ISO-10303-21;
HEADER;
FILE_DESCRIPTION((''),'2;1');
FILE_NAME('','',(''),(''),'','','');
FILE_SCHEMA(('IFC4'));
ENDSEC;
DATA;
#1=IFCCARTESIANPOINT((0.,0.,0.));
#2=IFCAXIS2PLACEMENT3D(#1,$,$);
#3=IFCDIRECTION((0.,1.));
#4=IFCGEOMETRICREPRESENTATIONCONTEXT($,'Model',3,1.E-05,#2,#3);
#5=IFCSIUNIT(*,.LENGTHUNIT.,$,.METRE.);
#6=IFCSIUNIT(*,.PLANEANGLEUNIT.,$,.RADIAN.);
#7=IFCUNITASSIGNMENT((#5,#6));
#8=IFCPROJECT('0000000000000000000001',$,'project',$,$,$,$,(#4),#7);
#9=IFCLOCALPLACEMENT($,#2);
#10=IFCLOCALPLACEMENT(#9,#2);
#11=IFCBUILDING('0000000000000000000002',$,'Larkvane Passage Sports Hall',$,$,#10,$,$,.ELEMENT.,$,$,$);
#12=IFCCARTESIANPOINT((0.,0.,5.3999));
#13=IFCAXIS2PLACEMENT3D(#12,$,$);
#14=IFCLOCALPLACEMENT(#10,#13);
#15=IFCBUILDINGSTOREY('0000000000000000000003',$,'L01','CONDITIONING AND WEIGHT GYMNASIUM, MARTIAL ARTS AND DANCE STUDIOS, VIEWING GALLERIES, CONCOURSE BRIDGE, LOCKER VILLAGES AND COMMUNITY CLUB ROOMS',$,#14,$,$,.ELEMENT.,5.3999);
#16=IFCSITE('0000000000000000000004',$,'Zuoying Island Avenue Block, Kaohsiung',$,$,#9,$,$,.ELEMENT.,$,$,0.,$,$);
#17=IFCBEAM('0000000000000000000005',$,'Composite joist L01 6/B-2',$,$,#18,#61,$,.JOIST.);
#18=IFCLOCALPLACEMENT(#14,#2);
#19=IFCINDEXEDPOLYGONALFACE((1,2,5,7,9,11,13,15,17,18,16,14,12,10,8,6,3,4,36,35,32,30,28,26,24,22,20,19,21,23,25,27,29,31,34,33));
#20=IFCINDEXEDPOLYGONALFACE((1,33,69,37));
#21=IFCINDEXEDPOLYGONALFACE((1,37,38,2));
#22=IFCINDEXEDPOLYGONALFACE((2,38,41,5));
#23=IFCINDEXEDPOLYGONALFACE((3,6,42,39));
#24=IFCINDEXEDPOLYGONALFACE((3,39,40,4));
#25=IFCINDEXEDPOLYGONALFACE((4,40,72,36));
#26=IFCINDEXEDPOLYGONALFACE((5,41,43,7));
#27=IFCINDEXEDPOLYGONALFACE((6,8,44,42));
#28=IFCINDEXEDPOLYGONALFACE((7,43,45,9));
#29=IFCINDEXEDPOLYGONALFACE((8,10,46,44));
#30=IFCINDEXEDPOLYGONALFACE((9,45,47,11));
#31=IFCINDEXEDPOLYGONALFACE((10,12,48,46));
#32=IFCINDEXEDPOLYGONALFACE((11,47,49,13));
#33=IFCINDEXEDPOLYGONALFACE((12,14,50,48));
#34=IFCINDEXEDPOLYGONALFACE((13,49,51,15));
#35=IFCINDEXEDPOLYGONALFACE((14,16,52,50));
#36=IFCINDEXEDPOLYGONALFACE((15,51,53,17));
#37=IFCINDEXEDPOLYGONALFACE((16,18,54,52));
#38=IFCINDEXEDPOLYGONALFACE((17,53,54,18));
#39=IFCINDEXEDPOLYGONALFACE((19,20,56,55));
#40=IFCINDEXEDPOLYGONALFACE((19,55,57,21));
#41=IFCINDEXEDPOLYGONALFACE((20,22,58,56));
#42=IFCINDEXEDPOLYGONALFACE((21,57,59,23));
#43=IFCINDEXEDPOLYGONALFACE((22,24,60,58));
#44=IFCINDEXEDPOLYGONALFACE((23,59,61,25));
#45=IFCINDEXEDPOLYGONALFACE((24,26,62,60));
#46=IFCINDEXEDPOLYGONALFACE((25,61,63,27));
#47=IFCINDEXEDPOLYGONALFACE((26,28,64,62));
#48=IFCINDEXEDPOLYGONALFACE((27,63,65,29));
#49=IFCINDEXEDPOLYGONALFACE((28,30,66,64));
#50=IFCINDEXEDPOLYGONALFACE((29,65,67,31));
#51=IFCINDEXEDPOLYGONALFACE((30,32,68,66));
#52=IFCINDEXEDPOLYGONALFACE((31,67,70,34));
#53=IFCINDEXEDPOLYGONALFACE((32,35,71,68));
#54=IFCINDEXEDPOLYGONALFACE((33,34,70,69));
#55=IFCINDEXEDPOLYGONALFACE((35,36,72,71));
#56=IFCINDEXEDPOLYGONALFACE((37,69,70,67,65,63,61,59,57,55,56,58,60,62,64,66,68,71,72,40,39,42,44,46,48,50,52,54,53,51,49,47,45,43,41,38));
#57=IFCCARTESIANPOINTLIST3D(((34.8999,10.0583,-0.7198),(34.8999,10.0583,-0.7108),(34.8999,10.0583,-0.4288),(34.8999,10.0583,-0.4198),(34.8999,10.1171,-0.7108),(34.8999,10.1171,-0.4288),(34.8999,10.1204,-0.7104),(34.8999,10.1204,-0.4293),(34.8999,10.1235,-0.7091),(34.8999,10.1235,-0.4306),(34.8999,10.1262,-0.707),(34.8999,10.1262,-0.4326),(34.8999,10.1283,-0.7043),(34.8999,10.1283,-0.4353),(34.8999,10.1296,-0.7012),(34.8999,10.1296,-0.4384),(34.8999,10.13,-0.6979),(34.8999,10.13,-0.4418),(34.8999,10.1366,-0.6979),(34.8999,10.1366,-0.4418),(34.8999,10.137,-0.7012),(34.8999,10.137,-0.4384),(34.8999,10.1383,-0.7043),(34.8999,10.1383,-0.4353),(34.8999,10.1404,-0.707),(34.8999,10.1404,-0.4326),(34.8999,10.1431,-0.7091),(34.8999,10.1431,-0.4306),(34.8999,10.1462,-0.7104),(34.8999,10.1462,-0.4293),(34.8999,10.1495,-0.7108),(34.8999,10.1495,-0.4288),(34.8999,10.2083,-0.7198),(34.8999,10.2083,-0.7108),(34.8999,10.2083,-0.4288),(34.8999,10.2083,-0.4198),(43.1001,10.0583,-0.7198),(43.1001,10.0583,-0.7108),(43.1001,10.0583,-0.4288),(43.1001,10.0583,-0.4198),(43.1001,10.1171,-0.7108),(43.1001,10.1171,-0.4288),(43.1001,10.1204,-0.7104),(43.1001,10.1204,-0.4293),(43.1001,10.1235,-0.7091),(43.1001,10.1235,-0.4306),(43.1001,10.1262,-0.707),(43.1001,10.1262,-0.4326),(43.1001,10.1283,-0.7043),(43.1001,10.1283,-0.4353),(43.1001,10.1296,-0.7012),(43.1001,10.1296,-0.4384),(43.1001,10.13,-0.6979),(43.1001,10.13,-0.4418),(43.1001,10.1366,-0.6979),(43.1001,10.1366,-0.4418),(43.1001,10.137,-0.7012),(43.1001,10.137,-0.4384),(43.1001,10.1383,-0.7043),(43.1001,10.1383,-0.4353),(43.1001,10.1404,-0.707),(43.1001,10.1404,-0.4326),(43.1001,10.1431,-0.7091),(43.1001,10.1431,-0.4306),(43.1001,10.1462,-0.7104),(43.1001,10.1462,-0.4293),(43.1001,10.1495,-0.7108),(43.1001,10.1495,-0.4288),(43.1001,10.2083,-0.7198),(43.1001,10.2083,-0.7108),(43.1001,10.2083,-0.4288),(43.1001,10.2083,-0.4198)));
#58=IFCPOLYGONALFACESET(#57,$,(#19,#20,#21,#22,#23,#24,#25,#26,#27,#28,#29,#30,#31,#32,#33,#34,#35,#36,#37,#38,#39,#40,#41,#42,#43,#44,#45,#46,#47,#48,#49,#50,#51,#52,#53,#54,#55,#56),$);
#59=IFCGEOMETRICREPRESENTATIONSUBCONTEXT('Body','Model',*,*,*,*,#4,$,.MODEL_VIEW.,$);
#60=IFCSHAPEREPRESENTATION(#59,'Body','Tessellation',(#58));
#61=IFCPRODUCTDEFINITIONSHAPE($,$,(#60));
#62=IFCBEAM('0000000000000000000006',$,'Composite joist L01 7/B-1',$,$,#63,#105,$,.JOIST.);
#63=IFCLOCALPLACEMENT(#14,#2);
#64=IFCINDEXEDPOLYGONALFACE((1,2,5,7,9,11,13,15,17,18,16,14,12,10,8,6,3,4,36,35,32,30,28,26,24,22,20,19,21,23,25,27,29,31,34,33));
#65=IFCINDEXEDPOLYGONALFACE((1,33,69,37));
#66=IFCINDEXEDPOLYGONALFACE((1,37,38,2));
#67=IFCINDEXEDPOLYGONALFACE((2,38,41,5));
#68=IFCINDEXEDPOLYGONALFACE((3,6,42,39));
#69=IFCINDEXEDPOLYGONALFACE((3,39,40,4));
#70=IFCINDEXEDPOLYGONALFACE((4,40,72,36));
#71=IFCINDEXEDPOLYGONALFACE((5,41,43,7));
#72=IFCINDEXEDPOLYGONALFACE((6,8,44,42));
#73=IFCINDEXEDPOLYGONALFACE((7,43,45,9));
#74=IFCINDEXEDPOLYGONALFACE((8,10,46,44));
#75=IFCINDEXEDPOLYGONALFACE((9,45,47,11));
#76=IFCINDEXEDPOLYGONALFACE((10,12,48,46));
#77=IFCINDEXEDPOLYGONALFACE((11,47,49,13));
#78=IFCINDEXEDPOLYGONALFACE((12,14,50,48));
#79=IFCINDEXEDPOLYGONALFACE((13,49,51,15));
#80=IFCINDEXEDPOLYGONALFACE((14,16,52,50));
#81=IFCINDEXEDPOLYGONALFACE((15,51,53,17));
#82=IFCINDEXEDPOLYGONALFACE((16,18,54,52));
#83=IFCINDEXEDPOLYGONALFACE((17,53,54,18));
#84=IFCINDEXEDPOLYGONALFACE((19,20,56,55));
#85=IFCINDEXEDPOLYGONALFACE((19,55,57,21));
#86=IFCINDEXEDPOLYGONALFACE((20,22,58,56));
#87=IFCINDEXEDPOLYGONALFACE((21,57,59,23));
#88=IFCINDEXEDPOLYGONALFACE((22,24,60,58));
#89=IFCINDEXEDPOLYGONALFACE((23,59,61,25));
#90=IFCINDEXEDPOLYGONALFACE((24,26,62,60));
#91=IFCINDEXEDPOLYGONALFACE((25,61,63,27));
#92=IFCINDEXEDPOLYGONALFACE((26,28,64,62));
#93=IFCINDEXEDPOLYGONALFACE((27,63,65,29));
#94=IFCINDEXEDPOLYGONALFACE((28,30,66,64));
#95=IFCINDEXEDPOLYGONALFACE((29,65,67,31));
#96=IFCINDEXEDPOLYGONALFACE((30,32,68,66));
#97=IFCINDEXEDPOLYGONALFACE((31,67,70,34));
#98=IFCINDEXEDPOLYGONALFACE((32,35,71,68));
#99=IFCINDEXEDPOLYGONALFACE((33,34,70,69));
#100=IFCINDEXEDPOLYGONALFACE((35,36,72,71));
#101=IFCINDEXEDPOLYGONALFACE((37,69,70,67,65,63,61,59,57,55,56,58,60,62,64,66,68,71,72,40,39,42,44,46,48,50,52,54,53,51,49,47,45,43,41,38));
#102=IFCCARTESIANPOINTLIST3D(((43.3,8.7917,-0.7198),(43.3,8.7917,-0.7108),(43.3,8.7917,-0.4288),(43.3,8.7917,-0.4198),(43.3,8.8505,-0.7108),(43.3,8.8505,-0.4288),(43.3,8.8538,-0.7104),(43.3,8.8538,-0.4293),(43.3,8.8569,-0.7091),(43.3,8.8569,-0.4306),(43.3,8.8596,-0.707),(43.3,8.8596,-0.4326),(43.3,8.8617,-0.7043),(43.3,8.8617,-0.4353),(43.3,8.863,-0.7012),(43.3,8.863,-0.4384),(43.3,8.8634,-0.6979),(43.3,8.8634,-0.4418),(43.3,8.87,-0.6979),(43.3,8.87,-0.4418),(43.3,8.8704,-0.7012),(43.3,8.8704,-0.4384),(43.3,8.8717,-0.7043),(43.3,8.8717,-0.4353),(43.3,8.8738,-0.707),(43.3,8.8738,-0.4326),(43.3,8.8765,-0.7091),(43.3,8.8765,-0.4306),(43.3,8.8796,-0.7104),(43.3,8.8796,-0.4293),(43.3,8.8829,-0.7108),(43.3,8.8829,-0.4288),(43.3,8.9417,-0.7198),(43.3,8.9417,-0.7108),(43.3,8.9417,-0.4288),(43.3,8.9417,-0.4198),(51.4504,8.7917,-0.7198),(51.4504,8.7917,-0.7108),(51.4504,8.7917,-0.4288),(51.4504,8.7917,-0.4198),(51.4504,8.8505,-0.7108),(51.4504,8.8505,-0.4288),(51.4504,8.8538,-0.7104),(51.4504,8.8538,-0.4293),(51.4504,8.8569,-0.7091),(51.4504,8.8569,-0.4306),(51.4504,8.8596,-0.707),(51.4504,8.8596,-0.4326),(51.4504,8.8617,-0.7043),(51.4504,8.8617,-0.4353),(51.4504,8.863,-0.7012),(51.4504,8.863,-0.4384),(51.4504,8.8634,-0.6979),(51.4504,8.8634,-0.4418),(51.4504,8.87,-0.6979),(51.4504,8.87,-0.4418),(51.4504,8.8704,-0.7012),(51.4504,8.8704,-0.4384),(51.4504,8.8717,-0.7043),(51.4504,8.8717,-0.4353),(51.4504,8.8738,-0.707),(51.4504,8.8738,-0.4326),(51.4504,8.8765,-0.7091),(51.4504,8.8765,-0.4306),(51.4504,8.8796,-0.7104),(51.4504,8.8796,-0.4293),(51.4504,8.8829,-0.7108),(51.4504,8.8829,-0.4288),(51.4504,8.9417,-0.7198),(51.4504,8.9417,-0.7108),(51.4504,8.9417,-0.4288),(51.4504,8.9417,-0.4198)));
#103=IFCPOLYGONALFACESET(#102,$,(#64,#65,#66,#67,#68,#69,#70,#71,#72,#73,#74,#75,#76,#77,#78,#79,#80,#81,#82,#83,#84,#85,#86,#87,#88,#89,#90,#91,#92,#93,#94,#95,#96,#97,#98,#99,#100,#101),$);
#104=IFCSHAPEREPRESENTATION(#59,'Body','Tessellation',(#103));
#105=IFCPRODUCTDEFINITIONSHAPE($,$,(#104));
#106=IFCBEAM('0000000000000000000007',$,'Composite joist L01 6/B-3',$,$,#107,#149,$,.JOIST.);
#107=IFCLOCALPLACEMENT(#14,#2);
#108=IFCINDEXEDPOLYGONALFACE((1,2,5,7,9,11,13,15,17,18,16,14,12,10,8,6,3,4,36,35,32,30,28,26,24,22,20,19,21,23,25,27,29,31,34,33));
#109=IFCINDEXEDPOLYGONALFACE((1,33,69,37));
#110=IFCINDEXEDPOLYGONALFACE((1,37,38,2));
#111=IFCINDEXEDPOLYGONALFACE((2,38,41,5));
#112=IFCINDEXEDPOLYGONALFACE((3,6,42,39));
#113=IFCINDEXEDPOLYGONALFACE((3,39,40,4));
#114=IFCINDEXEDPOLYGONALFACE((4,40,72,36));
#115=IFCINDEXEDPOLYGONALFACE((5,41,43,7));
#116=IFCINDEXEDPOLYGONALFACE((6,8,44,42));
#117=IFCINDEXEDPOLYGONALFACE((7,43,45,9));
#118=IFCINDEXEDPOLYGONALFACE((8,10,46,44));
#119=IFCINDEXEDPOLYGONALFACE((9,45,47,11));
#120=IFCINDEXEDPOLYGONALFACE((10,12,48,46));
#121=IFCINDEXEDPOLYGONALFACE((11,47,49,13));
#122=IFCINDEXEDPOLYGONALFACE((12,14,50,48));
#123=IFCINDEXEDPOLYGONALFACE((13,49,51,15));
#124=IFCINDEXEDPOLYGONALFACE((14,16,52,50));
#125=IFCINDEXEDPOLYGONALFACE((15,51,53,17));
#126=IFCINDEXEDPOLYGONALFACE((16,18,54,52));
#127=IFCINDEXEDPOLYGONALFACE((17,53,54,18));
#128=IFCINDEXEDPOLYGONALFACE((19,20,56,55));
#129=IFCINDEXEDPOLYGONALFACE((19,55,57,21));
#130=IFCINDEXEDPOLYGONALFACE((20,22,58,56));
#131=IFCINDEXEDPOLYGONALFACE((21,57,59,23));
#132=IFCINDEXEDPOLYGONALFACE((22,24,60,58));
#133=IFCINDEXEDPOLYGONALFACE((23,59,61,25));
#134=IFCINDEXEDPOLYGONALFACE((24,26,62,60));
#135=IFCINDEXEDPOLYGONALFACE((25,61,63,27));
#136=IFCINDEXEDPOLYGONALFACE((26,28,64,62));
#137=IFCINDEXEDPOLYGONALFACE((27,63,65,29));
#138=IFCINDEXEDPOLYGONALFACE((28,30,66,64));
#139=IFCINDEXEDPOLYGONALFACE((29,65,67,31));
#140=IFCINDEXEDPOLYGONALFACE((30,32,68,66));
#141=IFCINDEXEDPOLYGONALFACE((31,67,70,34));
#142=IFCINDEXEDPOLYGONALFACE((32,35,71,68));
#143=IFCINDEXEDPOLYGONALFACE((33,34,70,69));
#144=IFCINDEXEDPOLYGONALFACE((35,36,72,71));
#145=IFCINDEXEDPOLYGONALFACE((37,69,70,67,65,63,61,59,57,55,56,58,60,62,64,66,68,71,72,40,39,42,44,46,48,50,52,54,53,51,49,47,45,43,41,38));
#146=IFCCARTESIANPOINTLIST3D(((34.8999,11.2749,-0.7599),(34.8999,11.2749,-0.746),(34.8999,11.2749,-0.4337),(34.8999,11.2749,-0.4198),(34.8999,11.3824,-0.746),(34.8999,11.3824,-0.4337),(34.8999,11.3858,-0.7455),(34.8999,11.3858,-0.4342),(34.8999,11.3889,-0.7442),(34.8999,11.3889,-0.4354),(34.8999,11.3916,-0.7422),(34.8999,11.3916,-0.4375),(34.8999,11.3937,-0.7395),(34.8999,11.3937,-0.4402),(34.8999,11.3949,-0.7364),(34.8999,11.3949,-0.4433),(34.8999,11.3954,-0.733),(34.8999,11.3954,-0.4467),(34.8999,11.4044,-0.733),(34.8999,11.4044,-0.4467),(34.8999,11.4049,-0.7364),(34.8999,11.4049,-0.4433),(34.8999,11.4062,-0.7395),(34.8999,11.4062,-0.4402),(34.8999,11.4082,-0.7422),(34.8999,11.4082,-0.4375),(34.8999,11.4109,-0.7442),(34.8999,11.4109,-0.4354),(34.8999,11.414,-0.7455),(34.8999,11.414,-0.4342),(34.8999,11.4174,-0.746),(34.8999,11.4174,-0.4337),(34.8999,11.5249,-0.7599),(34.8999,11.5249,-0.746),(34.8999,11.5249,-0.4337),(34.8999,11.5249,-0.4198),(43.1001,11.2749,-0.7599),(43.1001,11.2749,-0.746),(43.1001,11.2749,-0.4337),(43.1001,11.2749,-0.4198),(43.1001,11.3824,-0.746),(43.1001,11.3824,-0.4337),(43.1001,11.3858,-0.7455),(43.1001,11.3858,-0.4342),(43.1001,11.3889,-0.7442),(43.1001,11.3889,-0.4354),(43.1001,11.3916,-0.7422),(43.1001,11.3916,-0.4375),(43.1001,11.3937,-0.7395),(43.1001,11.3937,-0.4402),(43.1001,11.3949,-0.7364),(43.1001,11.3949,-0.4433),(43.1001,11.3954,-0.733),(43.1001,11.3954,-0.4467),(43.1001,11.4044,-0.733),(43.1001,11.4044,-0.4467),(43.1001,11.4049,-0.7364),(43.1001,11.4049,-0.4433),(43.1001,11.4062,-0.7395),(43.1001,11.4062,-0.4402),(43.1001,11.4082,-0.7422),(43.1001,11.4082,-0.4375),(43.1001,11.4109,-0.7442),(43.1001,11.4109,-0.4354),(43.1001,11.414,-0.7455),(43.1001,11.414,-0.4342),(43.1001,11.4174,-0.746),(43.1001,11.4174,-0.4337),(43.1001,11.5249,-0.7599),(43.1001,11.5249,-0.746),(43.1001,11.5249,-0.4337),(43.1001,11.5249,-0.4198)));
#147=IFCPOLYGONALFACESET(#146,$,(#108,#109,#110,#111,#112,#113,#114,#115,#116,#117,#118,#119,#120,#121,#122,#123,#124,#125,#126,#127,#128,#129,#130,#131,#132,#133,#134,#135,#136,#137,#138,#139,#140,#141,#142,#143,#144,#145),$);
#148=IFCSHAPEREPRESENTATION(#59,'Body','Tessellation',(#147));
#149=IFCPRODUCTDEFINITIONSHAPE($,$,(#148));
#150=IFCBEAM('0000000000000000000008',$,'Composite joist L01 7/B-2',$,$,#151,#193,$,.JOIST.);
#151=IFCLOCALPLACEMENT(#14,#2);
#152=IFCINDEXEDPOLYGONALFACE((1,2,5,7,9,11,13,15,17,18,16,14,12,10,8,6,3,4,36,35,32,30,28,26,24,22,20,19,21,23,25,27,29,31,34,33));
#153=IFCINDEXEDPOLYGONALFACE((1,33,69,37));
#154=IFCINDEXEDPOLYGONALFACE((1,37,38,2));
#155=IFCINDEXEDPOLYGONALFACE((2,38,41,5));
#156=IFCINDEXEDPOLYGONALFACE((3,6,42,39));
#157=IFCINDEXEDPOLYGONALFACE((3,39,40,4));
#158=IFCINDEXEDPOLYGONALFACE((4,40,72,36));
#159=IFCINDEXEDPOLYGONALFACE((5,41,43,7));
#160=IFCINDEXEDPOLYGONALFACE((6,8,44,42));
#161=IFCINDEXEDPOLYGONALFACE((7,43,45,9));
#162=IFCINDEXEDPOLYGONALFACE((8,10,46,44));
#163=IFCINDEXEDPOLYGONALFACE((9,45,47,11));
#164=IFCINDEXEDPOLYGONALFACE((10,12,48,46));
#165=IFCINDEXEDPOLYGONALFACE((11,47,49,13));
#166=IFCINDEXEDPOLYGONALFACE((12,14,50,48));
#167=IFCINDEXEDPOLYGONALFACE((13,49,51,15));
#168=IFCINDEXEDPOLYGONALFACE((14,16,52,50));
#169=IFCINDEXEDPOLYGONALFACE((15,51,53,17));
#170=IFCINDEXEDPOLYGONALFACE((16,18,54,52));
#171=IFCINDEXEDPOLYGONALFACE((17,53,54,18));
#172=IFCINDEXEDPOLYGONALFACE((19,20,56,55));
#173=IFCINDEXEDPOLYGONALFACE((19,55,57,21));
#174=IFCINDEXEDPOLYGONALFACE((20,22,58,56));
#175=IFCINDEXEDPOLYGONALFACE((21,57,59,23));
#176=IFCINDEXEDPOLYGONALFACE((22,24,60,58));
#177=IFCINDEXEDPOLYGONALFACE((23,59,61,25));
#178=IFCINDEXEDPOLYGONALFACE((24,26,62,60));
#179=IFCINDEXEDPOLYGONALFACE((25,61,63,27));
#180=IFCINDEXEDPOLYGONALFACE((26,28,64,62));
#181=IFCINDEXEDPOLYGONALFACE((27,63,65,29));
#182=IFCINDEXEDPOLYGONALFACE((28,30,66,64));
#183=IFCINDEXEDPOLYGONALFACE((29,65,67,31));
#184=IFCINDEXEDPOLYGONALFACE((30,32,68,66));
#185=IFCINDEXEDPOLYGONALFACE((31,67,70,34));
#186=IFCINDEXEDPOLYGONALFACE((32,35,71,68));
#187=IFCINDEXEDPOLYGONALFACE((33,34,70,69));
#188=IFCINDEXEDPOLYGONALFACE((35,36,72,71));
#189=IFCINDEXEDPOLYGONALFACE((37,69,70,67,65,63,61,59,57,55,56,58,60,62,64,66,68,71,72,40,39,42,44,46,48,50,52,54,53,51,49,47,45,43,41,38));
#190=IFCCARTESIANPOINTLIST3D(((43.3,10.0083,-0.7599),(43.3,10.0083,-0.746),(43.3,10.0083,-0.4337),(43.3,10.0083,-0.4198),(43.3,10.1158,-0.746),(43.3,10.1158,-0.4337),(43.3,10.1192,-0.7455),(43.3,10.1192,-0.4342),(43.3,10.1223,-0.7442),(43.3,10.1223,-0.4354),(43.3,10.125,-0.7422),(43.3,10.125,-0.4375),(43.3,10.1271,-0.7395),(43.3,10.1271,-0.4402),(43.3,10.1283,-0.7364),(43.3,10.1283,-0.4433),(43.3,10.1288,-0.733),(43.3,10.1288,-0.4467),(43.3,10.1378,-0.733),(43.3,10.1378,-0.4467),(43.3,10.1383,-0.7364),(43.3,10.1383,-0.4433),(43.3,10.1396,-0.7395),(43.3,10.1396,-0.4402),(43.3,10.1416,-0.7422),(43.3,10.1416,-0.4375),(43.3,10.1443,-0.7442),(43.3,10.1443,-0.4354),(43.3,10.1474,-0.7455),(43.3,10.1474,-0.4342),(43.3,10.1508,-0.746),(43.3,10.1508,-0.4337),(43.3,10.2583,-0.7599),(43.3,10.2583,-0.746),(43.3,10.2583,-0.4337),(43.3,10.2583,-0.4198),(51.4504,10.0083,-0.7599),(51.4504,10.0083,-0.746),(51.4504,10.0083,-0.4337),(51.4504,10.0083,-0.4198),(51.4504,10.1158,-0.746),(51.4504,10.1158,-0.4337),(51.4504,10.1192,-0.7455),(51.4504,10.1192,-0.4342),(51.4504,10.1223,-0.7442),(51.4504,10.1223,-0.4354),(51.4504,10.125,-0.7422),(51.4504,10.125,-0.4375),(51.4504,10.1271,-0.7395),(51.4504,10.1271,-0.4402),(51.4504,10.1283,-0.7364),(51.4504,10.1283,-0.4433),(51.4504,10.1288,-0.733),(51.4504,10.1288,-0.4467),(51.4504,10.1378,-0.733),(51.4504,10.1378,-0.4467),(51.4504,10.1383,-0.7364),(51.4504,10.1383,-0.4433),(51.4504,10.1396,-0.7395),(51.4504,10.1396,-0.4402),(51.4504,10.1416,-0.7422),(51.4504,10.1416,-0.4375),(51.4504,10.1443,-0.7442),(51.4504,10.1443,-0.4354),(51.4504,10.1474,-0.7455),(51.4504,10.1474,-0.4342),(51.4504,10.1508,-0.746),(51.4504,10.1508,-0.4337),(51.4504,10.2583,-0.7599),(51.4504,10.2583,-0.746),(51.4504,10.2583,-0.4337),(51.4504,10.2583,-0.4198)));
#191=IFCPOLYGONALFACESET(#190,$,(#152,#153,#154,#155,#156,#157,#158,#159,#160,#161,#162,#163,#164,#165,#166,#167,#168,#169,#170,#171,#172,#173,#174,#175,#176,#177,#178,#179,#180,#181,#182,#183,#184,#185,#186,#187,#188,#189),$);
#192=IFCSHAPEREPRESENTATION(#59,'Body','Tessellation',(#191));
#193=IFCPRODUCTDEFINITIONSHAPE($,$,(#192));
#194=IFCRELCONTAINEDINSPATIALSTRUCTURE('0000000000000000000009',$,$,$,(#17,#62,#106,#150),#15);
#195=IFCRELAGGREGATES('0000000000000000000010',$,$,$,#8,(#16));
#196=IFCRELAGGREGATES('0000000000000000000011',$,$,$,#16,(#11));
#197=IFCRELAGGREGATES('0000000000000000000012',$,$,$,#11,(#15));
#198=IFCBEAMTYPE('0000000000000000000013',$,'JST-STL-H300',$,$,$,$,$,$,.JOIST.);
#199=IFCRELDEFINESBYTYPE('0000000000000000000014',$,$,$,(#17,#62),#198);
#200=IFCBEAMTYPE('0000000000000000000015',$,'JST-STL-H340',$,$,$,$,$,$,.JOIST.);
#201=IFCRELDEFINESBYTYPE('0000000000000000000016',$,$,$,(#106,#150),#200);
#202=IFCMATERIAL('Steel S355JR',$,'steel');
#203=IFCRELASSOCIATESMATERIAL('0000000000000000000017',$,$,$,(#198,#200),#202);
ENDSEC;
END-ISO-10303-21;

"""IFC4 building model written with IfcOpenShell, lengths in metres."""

from ifc_helpers import new_model, si_unit, direction, frame, origin, origin_2d, place, context, subcontext, project, spatial, i_section, extrude, material, material_profile, profile_set, type_object, element, save


model = new_model("IFC4")

# Units and contexts
model_context = context("Model", 3, precision=1e-05, world=origin(), true_north=direction((0.0, 1.0)))
body_context = subcontext(model_context, "Body", "Model", "MODEL_VIEW")
ifc_project = project(units=[si_unit("LENGTHUNIT", "METRE"), si_unit("PLANEANGLEUNIT", "RADIAN")], contexts=[model_context])

# Site, building, storey
site_placement = place(None, origin())
site = spatial("IfcSite", under=ifc_project, at=site_placement, Name="Zuoying Island Avenue Block, Kaohsiung", CompositionType="ELEMENT", RefElevation=0.0)
building_placement = place(site_placement, origin())
building = spatial("IfcBuilding", under=site, at=building_placement, Name="Larkvane Passage Sports Hall", CompositionType="ELEMENT")
storey_placement = place(building_placement, frame((0.0, 0.0, 5.3999)))
storey = spatial("IfcBuildingStorey", under=building, at=storey_placement, Name="L01", Description="CONDITIONING AND WEIGHT GYMNASIUM, MARTIAL ARTS AND DANCE STUDIOS, VIEWING GALLERIES, CONCOURSE BRIDGE, LOCKER VILLAGES AND COMMUNITY CLUB ROOMS", CompositionType="ELEMENT", Elevation=5.3999)

# Beams
ifc_material_1 = material(Name="Steel S355JR", Category="steel")
ifc_material_profile_1 = material_profile(ifc_material_1, i_section(OverallWidth=0.1499, OverallDepth=0.3, WebThickness=0.0066, FlangeThickness=0.009, FilletRadius=0.0129, at=origin_2d()), Name="H-300x150x6.5x9")
ifc_profile_set_1 = profile_set([ifc_material_profile_1], Name="Steel S355JR")
beam_type_1 = type_object("IfcBeamType", Name="JST-STL-H300", PredefinedType="JOIST", material=ifc_profile_set_1)
beam_1_placement = place(storey_placement, frame((34.8999, 10.1333, -0.5698), z_axis=(1.0, 0.0, 0.0), x_axis=(0.0, 1.0, 0.0)))
element("IfcBeam", 1, at=beam_1_placement, inside=storey, type_object=beam_type_1, Name="Composite joist L01 6/B-2", PredefinedType="JOIST", context=body_context, shape_type="SweptSolid", body=[
    extrude(i_section(OverallWidth=0.1499, OverallDepth=0.3, WebThickness=0.0066, FlangeThickness=0.009, FilletRadius=0.0129, at=origin_2d()), origin(), (0.0, 0.0, 1.0), 8.2002),
])
beam_2_placement = place(storey_placement, frame((43.3, 8.8667, -0.5698), z_axis=(1.0, 0.0, 0.0), x_axis=(0.0, 1.0, 0.0)))
element("IfcBeam", 2, at=beam_2_placement, inside=storey, type_object=beam_type_1, Name="Composite joist L01 7/B-1", PredefinedType="JOIST", context=body_context, shape_type="SweptSolid", body=[
    extrude(i_section(OverallWidth=0.1499, OverallDepth=0.3, WebThickness=0.0066, FlangeThickness=0.009, FilletRadius=0.0129, at=origin_2d()), origin(), (0.0, 0.0, 1.0), 8.1504),
])
ifc_material_profile_2 = material_profile(ifc_material_1, i_section(OverallWidth=0.25, OverallDepth=0.3401, WebThickness=0.009, FlangeThickness=0.0139, FilletRadius=0.0129, at=origin_2d()), Name="H-340x250x9x14")
ifc_profile_set_2 = profile_set([ifc_material_profile_2], Name="Steel S355JR")
beam_type_2 = type_object("IfcBeamType", Name="JST-STL-H340", PredefinedType="JOIST", material=ifc_profile_set_2)
beam_3_placement = place(storey_placement, frame((34.8999, 11.3999, -0.5898), z_axis=(1.0, 0.0, 0.0), x_axis=(0.0, 1.0, 0.0)))
element("IfcBeam", 3, at=beam_3_placement, inside=storey, type_object=beam_type_2, Name="Composite joist L01 6/B-3", PredefinedType="JOIST", context=body_context, shape_type="SweptSolid", body=[
    extrude(i_section(OverallWidth=0.25, OverallDepth=0.3401, WebThickness=0.009, FlangeThickness=0.0139, FilletRadius=0.0129, at=origin_2d()), origin(), (0.0, 0.0, 1.0), 8.2002),
])
beam_4_placement = place(storey_placement, frame((43.3, 10.1333, -0.5898), z_axis=(1.0, 0.0, 0.0), x_axis=(0.0, 1.0, 0.0)))
element("IfcBeam", 4, at=beam_4_placement, inside=storey, type_object=beam_type_2, Name="Composite joist L01 7/B-2", PredefinedType="JOIST", context=body_context, shape_type="SweptSolid", body=[
    extrude(i_section(OverallWidth=0.25, OverallDepth=0.3401, WebThickness=0.009, FlangeThickness=0.0139, FilletRadius=0.0129, at=origin_2d()), origin(), (0.0, 0.0, 1.0), 8.1504),
])

save(model, "model.ifc")
